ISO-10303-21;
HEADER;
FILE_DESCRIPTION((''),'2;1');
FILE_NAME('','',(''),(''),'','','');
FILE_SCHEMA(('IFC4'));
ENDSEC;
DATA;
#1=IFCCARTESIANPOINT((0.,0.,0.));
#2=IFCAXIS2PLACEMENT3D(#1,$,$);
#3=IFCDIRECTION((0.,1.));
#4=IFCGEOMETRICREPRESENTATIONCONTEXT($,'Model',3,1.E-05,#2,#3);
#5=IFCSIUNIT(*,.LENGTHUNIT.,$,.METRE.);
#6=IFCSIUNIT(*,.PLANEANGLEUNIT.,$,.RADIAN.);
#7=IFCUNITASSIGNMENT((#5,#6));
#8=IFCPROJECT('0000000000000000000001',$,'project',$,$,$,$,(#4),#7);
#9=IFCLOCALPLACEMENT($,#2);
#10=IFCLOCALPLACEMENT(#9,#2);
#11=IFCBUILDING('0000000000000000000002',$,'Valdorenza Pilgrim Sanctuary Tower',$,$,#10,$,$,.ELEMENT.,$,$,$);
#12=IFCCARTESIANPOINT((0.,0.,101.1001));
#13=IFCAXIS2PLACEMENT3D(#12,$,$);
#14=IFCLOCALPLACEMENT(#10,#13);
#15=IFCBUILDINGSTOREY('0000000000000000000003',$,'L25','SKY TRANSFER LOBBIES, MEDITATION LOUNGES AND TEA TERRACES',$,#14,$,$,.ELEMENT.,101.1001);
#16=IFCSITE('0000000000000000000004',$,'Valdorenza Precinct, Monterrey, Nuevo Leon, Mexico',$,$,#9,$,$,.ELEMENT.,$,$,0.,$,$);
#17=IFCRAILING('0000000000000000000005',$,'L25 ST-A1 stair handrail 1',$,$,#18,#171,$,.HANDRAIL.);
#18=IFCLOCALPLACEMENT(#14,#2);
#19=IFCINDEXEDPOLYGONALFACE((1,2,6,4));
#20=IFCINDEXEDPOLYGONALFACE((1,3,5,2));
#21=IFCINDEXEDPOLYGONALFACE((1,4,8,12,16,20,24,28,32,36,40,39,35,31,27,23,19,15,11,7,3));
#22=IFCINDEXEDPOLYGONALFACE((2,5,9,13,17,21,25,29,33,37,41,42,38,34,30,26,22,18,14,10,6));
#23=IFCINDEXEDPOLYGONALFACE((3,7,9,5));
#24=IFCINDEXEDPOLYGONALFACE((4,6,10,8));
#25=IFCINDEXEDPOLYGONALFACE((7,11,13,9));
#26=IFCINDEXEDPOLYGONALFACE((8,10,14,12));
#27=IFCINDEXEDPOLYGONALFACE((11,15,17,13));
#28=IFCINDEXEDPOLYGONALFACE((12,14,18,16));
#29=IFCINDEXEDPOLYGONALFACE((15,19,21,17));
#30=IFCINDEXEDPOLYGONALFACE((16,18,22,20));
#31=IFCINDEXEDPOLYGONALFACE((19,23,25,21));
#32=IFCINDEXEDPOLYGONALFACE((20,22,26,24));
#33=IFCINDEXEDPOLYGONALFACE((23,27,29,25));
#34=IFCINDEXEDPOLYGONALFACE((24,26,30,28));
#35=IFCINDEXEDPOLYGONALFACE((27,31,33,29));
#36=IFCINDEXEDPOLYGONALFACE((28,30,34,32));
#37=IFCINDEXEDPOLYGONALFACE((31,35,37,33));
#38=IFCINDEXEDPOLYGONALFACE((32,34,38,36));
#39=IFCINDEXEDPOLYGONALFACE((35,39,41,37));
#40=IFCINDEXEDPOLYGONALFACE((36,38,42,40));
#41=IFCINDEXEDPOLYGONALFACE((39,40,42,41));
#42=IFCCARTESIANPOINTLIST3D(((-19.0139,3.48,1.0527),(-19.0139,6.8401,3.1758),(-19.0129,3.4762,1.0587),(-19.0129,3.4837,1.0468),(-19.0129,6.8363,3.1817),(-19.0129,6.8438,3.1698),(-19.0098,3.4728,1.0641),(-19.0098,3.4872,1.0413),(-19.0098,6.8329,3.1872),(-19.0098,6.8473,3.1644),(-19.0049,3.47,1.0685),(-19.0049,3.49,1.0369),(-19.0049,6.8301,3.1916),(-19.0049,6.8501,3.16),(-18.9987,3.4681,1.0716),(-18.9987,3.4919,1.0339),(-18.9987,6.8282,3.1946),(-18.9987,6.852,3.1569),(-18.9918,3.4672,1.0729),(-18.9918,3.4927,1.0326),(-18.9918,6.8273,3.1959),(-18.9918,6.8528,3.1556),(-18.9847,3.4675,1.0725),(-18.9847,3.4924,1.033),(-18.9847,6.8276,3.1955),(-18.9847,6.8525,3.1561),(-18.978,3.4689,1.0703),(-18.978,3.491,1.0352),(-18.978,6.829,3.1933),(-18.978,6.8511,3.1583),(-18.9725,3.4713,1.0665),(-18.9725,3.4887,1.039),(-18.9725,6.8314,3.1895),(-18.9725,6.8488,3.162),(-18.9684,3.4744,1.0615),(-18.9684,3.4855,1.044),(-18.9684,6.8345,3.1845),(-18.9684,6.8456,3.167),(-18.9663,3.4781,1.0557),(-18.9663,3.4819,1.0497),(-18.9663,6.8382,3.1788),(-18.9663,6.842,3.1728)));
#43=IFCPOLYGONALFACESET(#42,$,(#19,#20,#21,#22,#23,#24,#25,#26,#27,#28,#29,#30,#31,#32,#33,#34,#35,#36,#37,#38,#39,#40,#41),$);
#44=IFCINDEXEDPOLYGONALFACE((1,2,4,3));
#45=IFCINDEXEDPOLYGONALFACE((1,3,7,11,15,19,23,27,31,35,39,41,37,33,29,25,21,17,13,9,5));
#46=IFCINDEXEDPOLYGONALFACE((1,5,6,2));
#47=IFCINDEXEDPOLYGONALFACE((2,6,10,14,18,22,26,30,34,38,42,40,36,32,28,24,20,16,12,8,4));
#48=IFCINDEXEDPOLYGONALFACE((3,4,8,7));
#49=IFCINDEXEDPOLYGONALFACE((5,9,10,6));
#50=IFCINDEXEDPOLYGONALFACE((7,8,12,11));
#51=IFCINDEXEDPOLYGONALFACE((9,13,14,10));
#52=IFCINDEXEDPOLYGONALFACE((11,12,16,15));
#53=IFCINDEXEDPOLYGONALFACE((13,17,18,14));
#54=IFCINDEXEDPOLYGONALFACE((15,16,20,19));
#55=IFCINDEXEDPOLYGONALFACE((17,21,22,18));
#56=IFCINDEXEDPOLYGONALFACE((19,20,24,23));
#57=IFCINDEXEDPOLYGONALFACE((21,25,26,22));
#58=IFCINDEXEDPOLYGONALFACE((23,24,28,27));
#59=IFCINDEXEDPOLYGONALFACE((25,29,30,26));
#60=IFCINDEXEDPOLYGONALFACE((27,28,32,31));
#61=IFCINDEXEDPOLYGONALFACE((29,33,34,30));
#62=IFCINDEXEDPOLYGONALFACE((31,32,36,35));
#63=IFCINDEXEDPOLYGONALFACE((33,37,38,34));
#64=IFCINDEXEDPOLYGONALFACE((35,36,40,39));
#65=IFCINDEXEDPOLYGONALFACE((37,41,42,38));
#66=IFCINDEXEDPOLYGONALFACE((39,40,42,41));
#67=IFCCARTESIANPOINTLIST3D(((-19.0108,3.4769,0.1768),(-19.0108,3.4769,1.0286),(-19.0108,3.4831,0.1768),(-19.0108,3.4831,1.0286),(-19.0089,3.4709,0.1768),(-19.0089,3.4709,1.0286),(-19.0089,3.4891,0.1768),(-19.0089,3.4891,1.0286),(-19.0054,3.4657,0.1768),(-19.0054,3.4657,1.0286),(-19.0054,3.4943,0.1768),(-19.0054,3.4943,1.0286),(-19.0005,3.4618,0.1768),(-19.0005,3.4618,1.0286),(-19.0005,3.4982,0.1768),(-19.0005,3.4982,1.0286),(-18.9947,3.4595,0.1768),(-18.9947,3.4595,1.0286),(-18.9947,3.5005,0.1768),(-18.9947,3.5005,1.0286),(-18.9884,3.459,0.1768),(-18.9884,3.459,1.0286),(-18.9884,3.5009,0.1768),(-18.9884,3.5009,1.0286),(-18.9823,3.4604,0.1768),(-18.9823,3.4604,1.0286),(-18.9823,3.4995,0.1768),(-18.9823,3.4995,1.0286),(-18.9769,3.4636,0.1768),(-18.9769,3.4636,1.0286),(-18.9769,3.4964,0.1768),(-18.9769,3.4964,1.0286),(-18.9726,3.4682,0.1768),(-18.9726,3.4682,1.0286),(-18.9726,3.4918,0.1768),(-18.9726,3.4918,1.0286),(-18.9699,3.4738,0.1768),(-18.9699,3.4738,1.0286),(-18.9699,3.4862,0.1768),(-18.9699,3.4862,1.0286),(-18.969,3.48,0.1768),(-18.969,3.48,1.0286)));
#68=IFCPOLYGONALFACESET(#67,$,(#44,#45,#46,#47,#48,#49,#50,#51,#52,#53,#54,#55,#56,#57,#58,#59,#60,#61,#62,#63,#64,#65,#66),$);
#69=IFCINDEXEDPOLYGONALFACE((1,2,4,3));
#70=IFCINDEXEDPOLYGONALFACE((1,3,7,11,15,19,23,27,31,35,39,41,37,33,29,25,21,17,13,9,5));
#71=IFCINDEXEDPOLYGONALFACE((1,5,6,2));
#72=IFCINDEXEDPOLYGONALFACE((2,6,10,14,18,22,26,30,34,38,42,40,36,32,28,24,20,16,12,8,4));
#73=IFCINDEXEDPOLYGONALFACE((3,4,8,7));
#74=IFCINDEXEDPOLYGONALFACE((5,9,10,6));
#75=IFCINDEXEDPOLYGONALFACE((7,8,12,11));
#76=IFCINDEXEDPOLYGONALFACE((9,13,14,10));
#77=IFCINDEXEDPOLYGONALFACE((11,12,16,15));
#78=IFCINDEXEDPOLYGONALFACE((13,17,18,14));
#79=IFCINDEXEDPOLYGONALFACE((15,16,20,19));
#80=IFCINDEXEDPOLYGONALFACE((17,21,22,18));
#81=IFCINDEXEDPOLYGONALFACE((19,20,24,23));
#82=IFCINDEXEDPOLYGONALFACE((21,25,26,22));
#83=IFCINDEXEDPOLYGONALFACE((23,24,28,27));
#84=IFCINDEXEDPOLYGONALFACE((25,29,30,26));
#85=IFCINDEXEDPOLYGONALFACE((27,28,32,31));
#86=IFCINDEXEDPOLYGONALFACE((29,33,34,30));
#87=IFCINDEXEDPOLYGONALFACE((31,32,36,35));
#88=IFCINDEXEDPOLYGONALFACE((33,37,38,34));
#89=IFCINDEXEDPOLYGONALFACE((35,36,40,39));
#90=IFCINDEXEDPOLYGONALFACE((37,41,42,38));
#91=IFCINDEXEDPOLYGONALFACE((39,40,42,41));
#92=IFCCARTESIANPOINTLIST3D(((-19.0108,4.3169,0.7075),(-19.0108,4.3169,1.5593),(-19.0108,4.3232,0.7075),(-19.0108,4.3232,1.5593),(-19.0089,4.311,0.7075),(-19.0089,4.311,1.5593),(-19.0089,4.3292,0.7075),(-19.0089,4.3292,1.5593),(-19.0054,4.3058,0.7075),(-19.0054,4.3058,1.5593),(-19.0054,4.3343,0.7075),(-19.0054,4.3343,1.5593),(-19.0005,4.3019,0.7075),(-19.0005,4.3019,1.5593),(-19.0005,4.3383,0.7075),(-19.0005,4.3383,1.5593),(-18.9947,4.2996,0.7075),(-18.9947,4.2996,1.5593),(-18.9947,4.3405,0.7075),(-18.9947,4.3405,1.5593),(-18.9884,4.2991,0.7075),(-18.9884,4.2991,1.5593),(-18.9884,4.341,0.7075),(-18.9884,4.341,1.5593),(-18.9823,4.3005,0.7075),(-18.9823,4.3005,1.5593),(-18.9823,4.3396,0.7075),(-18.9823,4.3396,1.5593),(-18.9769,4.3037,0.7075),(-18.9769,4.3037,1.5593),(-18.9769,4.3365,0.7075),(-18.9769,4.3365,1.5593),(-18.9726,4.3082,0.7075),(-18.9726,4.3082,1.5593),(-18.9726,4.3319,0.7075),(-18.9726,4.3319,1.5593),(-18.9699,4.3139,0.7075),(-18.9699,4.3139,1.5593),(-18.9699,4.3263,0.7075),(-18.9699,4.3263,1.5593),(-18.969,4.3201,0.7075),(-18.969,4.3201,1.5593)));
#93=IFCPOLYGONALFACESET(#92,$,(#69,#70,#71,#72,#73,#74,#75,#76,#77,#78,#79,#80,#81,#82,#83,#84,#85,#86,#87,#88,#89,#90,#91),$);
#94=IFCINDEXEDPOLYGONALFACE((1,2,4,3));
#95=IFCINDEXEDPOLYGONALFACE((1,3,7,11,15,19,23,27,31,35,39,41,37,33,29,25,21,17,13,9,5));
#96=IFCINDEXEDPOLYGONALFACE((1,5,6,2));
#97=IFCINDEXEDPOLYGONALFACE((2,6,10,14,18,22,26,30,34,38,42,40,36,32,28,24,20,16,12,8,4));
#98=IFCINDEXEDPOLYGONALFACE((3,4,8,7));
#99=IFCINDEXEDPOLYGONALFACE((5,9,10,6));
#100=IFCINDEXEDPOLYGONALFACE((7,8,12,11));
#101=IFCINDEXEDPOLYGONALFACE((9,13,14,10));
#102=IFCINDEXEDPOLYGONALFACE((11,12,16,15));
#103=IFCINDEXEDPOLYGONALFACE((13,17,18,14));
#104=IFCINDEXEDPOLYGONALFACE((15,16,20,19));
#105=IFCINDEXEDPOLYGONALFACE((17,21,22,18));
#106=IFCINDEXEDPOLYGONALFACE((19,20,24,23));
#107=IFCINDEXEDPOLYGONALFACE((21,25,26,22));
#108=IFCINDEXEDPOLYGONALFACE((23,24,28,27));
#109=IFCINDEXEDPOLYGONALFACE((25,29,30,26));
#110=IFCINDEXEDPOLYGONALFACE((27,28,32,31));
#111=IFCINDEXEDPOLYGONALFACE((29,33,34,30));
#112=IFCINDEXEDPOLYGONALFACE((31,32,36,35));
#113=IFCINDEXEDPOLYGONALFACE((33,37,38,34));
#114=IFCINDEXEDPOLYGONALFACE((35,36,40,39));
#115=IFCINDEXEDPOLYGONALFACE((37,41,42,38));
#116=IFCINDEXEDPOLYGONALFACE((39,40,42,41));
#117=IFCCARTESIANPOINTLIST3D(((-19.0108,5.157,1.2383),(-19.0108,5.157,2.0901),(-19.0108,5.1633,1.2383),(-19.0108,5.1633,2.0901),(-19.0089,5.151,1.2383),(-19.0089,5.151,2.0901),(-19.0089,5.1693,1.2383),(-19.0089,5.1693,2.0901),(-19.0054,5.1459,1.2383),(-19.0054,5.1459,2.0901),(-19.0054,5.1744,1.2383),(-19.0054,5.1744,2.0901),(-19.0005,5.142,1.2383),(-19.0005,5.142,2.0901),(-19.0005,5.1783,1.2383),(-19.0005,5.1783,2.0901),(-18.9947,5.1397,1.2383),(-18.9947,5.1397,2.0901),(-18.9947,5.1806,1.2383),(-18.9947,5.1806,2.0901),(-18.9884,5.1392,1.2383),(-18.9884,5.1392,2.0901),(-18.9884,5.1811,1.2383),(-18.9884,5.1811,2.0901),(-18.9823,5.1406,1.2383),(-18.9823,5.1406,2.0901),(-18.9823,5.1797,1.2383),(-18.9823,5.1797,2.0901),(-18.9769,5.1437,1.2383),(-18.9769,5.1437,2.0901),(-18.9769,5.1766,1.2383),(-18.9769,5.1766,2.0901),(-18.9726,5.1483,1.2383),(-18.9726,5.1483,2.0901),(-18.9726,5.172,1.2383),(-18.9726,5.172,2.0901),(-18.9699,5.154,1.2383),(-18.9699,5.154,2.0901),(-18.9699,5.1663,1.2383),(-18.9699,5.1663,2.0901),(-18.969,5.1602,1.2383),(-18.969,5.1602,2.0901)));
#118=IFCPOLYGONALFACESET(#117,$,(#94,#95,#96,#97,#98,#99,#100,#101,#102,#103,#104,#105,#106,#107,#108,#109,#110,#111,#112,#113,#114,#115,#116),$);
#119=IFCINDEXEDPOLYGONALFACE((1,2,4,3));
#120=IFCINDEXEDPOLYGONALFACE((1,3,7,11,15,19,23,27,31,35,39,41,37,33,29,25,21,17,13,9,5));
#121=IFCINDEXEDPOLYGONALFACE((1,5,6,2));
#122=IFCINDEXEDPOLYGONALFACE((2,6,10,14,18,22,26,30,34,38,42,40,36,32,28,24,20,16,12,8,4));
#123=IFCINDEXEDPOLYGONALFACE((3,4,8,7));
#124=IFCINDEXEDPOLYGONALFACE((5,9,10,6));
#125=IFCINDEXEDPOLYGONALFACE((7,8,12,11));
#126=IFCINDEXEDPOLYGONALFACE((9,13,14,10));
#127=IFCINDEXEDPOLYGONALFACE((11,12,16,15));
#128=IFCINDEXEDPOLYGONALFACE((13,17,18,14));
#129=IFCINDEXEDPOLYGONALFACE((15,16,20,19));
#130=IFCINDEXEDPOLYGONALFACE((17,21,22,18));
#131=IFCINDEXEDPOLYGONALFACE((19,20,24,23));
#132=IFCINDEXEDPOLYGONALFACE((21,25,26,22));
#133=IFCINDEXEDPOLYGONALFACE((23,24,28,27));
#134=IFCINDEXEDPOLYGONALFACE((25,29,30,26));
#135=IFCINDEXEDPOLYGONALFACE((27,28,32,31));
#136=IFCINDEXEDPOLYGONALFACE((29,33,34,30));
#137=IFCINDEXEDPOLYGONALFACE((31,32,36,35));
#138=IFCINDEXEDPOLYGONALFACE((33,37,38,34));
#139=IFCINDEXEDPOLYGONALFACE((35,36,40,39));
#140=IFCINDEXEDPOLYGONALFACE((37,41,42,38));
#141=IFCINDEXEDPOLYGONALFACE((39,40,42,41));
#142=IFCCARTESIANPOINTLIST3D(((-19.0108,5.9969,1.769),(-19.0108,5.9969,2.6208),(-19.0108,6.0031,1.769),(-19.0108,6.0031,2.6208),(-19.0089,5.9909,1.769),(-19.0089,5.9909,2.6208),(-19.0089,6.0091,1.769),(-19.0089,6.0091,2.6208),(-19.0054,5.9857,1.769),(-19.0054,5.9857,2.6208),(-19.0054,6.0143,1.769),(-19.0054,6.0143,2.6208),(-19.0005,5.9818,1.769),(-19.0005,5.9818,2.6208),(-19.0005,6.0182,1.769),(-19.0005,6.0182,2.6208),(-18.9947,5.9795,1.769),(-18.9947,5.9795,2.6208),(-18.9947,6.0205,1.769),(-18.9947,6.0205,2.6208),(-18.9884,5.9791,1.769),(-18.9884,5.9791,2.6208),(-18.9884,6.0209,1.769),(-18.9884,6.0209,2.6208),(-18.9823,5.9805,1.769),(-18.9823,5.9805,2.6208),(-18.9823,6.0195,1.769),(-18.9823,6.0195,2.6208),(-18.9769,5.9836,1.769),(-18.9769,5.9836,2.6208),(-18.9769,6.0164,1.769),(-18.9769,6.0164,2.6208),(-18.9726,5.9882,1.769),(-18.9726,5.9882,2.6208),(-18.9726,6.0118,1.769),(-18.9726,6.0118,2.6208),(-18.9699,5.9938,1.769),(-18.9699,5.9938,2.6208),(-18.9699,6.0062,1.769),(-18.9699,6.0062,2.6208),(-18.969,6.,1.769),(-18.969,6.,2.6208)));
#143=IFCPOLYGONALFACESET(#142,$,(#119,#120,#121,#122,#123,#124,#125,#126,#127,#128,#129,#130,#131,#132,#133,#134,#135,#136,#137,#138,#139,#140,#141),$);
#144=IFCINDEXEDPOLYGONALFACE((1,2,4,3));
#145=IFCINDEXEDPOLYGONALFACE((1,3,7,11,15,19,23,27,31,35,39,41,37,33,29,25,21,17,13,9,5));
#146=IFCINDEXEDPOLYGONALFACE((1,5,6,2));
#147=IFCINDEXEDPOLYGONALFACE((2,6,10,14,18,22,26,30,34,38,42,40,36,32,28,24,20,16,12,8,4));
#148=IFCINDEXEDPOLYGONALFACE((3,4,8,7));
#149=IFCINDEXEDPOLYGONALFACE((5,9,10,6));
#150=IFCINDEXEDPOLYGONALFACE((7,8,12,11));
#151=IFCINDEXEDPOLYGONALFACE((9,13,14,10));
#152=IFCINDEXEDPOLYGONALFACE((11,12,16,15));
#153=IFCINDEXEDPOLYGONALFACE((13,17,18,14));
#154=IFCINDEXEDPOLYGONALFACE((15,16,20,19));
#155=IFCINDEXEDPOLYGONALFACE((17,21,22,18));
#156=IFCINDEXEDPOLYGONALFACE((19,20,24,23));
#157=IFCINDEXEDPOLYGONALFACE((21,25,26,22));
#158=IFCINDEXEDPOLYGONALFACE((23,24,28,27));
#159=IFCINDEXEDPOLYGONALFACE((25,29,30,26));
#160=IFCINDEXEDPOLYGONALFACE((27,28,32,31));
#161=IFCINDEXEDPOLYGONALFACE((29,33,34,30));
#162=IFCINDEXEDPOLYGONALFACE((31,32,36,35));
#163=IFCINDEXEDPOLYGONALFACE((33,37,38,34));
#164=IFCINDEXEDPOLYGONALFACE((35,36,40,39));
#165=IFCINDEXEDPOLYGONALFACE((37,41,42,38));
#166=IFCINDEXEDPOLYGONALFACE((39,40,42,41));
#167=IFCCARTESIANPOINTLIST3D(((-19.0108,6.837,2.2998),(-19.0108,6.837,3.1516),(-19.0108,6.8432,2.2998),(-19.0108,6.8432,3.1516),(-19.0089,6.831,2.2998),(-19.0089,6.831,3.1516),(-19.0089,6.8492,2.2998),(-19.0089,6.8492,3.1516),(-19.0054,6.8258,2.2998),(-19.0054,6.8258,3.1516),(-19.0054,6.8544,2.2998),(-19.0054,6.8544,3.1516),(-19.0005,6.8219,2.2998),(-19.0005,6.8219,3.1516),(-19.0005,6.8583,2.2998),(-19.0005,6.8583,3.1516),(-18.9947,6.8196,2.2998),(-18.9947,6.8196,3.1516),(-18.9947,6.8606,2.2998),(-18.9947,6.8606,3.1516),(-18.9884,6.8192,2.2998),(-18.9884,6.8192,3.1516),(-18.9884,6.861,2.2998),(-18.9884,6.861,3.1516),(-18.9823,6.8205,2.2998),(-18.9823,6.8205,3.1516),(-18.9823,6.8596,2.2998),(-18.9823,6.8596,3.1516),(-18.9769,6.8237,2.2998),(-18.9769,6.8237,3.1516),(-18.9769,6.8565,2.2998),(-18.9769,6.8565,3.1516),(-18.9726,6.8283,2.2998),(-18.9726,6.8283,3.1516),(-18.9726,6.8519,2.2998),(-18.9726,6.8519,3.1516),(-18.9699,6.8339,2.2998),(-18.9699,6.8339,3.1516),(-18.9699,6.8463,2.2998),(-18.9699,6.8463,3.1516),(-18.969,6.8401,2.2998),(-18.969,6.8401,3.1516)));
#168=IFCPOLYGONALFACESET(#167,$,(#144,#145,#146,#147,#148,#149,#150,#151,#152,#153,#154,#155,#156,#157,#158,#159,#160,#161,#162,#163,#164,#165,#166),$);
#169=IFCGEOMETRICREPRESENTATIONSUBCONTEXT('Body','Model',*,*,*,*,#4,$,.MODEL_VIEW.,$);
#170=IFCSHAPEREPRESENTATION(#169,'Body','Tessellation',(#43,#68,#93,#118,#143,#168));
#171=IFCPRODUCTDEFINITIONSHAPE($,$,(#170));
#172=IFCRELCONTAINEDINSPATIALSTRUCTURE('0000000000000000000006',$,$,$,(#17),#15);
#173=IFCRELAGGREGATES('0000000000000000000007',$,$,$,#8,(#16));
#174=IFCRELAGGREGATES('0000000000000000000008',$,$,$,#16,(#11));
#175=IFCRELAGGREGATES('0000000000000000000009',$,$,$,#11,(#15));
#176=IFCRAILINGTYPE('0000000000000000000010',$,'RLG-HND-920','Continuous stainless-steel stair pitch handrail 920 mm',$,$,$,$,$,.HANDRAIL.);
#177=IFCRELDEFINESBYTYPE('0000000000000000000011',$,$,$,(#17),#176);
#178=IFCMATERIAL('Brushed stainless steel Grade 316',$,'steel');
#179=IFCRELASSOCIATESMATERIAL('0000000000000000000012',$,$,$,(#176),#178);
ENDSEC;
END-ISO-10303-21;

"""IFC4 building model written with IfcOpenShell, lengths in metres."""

from ifc_helpers import new_model, si_unit, direction, frame, origin, origin_2d, place, context, subcontext, project, spatial, circle, extrude, material, type_object, element, save


model = new_model("IFC4")

# Units and contexts
model_context = context("Model", 3, precision=1e-05, world=origin(), true_north=direction((0.0, 1.0)))
body_context = subcontext(model_context, "Body", "Model", "MODEL_VIEW")
ifc_project = project(units=[si_unit("LENGTHUNIT", "METRE"), si_unit("PLANEANGLEUNIT", "RADIAN")], contexts=[model_context])

# Site, building, storey
site_placement = place(None, origin())
site = spatial("IfcSite", under=ifc_project, at=site_placement, Name="Valdorenza Precinct, Monterrey, Nuevo Leon, Mexico", CompositionType="ELEMENT", RefElevation=0.0)
building_placement = place(site_placement, origin())
building = spatial("IfcBuilding", under=site, at=building_placement, Name="Valdorenza Pilgrim Sanctuary Tower", CompositionType="ELEMENT")
storey_placement = place(building_placement, frame((0.0, 0.0, 101.1001)))
storey = spatial("IfcBuildingStorey", under=building, at=storey_placement, Name="L25", Description="SKY TRANSFER LOBBIES, MEDITATION LOUNGES AND TEA TERRACES", CompositionType="ELEMENT", Elevation=101.1001)

# Shared definitions
ifc_material_1 = material(Name="Brushed stainless steel Grade 316", Category="steel")

# Railing
railing_type_1 = type_object("IfcRailingType", Name="RLG-HND-920", Description="Continuous stainless-steel stair pitch handrail 920 mm", PredefinedType="HANDRAIL", material=ifc_material_1)
railing_1_placement = place(storey_placement, frame((-18.99, 3.48, 0.1768)))
element("IfcRailing", 1, at=railing_1_placement, inside=storey, type_object=railing_type_1, Name="L25 ST-A1 stair handrail 1", PredefinedType="HANDRAIL", context=body_context, shape_type="SweptSolid", body=[
    extrude(circle(Radius=0.0239, at=origin_2d()), frame((0.0, 0.0, 0.876), z_axis=(0.0, 0.84539, 0.53415), x_axis=(-1.0, 0.0, 0.0)), (0.0, 0.0, 1.0), 3.9746),
    extrude(circle(Radius=0.021, at=origin_2d()), origin(), (0.0, 0.0, 1.0), 0.8518),
    extrude(circle(Radius=0.021, at=origin_2d()), frame((0.0, 0.8401, 0.5308)), (0.0, 0.0, 1.0), 0.8518),
    extrude(circle(Radius=0.021, at=origin_2d()), frame((0.0, 1.6802, 1.0615)), (0.0, 0.0, 1.0), 0.8518),
    extrude(circle(Radius=0.021, at=origin_2d()), frame((0.0, 2.52, 1.5923)), (0.0, 0.0, 1.0), 0.8518),
    extrude(circle(Radius=0.021, at=origin_2d()), frame((0.0, 3.3601, 2.123)), (0.0, 0.0, 1.0), 0.8518),
])

save(model, "model.ifc")
